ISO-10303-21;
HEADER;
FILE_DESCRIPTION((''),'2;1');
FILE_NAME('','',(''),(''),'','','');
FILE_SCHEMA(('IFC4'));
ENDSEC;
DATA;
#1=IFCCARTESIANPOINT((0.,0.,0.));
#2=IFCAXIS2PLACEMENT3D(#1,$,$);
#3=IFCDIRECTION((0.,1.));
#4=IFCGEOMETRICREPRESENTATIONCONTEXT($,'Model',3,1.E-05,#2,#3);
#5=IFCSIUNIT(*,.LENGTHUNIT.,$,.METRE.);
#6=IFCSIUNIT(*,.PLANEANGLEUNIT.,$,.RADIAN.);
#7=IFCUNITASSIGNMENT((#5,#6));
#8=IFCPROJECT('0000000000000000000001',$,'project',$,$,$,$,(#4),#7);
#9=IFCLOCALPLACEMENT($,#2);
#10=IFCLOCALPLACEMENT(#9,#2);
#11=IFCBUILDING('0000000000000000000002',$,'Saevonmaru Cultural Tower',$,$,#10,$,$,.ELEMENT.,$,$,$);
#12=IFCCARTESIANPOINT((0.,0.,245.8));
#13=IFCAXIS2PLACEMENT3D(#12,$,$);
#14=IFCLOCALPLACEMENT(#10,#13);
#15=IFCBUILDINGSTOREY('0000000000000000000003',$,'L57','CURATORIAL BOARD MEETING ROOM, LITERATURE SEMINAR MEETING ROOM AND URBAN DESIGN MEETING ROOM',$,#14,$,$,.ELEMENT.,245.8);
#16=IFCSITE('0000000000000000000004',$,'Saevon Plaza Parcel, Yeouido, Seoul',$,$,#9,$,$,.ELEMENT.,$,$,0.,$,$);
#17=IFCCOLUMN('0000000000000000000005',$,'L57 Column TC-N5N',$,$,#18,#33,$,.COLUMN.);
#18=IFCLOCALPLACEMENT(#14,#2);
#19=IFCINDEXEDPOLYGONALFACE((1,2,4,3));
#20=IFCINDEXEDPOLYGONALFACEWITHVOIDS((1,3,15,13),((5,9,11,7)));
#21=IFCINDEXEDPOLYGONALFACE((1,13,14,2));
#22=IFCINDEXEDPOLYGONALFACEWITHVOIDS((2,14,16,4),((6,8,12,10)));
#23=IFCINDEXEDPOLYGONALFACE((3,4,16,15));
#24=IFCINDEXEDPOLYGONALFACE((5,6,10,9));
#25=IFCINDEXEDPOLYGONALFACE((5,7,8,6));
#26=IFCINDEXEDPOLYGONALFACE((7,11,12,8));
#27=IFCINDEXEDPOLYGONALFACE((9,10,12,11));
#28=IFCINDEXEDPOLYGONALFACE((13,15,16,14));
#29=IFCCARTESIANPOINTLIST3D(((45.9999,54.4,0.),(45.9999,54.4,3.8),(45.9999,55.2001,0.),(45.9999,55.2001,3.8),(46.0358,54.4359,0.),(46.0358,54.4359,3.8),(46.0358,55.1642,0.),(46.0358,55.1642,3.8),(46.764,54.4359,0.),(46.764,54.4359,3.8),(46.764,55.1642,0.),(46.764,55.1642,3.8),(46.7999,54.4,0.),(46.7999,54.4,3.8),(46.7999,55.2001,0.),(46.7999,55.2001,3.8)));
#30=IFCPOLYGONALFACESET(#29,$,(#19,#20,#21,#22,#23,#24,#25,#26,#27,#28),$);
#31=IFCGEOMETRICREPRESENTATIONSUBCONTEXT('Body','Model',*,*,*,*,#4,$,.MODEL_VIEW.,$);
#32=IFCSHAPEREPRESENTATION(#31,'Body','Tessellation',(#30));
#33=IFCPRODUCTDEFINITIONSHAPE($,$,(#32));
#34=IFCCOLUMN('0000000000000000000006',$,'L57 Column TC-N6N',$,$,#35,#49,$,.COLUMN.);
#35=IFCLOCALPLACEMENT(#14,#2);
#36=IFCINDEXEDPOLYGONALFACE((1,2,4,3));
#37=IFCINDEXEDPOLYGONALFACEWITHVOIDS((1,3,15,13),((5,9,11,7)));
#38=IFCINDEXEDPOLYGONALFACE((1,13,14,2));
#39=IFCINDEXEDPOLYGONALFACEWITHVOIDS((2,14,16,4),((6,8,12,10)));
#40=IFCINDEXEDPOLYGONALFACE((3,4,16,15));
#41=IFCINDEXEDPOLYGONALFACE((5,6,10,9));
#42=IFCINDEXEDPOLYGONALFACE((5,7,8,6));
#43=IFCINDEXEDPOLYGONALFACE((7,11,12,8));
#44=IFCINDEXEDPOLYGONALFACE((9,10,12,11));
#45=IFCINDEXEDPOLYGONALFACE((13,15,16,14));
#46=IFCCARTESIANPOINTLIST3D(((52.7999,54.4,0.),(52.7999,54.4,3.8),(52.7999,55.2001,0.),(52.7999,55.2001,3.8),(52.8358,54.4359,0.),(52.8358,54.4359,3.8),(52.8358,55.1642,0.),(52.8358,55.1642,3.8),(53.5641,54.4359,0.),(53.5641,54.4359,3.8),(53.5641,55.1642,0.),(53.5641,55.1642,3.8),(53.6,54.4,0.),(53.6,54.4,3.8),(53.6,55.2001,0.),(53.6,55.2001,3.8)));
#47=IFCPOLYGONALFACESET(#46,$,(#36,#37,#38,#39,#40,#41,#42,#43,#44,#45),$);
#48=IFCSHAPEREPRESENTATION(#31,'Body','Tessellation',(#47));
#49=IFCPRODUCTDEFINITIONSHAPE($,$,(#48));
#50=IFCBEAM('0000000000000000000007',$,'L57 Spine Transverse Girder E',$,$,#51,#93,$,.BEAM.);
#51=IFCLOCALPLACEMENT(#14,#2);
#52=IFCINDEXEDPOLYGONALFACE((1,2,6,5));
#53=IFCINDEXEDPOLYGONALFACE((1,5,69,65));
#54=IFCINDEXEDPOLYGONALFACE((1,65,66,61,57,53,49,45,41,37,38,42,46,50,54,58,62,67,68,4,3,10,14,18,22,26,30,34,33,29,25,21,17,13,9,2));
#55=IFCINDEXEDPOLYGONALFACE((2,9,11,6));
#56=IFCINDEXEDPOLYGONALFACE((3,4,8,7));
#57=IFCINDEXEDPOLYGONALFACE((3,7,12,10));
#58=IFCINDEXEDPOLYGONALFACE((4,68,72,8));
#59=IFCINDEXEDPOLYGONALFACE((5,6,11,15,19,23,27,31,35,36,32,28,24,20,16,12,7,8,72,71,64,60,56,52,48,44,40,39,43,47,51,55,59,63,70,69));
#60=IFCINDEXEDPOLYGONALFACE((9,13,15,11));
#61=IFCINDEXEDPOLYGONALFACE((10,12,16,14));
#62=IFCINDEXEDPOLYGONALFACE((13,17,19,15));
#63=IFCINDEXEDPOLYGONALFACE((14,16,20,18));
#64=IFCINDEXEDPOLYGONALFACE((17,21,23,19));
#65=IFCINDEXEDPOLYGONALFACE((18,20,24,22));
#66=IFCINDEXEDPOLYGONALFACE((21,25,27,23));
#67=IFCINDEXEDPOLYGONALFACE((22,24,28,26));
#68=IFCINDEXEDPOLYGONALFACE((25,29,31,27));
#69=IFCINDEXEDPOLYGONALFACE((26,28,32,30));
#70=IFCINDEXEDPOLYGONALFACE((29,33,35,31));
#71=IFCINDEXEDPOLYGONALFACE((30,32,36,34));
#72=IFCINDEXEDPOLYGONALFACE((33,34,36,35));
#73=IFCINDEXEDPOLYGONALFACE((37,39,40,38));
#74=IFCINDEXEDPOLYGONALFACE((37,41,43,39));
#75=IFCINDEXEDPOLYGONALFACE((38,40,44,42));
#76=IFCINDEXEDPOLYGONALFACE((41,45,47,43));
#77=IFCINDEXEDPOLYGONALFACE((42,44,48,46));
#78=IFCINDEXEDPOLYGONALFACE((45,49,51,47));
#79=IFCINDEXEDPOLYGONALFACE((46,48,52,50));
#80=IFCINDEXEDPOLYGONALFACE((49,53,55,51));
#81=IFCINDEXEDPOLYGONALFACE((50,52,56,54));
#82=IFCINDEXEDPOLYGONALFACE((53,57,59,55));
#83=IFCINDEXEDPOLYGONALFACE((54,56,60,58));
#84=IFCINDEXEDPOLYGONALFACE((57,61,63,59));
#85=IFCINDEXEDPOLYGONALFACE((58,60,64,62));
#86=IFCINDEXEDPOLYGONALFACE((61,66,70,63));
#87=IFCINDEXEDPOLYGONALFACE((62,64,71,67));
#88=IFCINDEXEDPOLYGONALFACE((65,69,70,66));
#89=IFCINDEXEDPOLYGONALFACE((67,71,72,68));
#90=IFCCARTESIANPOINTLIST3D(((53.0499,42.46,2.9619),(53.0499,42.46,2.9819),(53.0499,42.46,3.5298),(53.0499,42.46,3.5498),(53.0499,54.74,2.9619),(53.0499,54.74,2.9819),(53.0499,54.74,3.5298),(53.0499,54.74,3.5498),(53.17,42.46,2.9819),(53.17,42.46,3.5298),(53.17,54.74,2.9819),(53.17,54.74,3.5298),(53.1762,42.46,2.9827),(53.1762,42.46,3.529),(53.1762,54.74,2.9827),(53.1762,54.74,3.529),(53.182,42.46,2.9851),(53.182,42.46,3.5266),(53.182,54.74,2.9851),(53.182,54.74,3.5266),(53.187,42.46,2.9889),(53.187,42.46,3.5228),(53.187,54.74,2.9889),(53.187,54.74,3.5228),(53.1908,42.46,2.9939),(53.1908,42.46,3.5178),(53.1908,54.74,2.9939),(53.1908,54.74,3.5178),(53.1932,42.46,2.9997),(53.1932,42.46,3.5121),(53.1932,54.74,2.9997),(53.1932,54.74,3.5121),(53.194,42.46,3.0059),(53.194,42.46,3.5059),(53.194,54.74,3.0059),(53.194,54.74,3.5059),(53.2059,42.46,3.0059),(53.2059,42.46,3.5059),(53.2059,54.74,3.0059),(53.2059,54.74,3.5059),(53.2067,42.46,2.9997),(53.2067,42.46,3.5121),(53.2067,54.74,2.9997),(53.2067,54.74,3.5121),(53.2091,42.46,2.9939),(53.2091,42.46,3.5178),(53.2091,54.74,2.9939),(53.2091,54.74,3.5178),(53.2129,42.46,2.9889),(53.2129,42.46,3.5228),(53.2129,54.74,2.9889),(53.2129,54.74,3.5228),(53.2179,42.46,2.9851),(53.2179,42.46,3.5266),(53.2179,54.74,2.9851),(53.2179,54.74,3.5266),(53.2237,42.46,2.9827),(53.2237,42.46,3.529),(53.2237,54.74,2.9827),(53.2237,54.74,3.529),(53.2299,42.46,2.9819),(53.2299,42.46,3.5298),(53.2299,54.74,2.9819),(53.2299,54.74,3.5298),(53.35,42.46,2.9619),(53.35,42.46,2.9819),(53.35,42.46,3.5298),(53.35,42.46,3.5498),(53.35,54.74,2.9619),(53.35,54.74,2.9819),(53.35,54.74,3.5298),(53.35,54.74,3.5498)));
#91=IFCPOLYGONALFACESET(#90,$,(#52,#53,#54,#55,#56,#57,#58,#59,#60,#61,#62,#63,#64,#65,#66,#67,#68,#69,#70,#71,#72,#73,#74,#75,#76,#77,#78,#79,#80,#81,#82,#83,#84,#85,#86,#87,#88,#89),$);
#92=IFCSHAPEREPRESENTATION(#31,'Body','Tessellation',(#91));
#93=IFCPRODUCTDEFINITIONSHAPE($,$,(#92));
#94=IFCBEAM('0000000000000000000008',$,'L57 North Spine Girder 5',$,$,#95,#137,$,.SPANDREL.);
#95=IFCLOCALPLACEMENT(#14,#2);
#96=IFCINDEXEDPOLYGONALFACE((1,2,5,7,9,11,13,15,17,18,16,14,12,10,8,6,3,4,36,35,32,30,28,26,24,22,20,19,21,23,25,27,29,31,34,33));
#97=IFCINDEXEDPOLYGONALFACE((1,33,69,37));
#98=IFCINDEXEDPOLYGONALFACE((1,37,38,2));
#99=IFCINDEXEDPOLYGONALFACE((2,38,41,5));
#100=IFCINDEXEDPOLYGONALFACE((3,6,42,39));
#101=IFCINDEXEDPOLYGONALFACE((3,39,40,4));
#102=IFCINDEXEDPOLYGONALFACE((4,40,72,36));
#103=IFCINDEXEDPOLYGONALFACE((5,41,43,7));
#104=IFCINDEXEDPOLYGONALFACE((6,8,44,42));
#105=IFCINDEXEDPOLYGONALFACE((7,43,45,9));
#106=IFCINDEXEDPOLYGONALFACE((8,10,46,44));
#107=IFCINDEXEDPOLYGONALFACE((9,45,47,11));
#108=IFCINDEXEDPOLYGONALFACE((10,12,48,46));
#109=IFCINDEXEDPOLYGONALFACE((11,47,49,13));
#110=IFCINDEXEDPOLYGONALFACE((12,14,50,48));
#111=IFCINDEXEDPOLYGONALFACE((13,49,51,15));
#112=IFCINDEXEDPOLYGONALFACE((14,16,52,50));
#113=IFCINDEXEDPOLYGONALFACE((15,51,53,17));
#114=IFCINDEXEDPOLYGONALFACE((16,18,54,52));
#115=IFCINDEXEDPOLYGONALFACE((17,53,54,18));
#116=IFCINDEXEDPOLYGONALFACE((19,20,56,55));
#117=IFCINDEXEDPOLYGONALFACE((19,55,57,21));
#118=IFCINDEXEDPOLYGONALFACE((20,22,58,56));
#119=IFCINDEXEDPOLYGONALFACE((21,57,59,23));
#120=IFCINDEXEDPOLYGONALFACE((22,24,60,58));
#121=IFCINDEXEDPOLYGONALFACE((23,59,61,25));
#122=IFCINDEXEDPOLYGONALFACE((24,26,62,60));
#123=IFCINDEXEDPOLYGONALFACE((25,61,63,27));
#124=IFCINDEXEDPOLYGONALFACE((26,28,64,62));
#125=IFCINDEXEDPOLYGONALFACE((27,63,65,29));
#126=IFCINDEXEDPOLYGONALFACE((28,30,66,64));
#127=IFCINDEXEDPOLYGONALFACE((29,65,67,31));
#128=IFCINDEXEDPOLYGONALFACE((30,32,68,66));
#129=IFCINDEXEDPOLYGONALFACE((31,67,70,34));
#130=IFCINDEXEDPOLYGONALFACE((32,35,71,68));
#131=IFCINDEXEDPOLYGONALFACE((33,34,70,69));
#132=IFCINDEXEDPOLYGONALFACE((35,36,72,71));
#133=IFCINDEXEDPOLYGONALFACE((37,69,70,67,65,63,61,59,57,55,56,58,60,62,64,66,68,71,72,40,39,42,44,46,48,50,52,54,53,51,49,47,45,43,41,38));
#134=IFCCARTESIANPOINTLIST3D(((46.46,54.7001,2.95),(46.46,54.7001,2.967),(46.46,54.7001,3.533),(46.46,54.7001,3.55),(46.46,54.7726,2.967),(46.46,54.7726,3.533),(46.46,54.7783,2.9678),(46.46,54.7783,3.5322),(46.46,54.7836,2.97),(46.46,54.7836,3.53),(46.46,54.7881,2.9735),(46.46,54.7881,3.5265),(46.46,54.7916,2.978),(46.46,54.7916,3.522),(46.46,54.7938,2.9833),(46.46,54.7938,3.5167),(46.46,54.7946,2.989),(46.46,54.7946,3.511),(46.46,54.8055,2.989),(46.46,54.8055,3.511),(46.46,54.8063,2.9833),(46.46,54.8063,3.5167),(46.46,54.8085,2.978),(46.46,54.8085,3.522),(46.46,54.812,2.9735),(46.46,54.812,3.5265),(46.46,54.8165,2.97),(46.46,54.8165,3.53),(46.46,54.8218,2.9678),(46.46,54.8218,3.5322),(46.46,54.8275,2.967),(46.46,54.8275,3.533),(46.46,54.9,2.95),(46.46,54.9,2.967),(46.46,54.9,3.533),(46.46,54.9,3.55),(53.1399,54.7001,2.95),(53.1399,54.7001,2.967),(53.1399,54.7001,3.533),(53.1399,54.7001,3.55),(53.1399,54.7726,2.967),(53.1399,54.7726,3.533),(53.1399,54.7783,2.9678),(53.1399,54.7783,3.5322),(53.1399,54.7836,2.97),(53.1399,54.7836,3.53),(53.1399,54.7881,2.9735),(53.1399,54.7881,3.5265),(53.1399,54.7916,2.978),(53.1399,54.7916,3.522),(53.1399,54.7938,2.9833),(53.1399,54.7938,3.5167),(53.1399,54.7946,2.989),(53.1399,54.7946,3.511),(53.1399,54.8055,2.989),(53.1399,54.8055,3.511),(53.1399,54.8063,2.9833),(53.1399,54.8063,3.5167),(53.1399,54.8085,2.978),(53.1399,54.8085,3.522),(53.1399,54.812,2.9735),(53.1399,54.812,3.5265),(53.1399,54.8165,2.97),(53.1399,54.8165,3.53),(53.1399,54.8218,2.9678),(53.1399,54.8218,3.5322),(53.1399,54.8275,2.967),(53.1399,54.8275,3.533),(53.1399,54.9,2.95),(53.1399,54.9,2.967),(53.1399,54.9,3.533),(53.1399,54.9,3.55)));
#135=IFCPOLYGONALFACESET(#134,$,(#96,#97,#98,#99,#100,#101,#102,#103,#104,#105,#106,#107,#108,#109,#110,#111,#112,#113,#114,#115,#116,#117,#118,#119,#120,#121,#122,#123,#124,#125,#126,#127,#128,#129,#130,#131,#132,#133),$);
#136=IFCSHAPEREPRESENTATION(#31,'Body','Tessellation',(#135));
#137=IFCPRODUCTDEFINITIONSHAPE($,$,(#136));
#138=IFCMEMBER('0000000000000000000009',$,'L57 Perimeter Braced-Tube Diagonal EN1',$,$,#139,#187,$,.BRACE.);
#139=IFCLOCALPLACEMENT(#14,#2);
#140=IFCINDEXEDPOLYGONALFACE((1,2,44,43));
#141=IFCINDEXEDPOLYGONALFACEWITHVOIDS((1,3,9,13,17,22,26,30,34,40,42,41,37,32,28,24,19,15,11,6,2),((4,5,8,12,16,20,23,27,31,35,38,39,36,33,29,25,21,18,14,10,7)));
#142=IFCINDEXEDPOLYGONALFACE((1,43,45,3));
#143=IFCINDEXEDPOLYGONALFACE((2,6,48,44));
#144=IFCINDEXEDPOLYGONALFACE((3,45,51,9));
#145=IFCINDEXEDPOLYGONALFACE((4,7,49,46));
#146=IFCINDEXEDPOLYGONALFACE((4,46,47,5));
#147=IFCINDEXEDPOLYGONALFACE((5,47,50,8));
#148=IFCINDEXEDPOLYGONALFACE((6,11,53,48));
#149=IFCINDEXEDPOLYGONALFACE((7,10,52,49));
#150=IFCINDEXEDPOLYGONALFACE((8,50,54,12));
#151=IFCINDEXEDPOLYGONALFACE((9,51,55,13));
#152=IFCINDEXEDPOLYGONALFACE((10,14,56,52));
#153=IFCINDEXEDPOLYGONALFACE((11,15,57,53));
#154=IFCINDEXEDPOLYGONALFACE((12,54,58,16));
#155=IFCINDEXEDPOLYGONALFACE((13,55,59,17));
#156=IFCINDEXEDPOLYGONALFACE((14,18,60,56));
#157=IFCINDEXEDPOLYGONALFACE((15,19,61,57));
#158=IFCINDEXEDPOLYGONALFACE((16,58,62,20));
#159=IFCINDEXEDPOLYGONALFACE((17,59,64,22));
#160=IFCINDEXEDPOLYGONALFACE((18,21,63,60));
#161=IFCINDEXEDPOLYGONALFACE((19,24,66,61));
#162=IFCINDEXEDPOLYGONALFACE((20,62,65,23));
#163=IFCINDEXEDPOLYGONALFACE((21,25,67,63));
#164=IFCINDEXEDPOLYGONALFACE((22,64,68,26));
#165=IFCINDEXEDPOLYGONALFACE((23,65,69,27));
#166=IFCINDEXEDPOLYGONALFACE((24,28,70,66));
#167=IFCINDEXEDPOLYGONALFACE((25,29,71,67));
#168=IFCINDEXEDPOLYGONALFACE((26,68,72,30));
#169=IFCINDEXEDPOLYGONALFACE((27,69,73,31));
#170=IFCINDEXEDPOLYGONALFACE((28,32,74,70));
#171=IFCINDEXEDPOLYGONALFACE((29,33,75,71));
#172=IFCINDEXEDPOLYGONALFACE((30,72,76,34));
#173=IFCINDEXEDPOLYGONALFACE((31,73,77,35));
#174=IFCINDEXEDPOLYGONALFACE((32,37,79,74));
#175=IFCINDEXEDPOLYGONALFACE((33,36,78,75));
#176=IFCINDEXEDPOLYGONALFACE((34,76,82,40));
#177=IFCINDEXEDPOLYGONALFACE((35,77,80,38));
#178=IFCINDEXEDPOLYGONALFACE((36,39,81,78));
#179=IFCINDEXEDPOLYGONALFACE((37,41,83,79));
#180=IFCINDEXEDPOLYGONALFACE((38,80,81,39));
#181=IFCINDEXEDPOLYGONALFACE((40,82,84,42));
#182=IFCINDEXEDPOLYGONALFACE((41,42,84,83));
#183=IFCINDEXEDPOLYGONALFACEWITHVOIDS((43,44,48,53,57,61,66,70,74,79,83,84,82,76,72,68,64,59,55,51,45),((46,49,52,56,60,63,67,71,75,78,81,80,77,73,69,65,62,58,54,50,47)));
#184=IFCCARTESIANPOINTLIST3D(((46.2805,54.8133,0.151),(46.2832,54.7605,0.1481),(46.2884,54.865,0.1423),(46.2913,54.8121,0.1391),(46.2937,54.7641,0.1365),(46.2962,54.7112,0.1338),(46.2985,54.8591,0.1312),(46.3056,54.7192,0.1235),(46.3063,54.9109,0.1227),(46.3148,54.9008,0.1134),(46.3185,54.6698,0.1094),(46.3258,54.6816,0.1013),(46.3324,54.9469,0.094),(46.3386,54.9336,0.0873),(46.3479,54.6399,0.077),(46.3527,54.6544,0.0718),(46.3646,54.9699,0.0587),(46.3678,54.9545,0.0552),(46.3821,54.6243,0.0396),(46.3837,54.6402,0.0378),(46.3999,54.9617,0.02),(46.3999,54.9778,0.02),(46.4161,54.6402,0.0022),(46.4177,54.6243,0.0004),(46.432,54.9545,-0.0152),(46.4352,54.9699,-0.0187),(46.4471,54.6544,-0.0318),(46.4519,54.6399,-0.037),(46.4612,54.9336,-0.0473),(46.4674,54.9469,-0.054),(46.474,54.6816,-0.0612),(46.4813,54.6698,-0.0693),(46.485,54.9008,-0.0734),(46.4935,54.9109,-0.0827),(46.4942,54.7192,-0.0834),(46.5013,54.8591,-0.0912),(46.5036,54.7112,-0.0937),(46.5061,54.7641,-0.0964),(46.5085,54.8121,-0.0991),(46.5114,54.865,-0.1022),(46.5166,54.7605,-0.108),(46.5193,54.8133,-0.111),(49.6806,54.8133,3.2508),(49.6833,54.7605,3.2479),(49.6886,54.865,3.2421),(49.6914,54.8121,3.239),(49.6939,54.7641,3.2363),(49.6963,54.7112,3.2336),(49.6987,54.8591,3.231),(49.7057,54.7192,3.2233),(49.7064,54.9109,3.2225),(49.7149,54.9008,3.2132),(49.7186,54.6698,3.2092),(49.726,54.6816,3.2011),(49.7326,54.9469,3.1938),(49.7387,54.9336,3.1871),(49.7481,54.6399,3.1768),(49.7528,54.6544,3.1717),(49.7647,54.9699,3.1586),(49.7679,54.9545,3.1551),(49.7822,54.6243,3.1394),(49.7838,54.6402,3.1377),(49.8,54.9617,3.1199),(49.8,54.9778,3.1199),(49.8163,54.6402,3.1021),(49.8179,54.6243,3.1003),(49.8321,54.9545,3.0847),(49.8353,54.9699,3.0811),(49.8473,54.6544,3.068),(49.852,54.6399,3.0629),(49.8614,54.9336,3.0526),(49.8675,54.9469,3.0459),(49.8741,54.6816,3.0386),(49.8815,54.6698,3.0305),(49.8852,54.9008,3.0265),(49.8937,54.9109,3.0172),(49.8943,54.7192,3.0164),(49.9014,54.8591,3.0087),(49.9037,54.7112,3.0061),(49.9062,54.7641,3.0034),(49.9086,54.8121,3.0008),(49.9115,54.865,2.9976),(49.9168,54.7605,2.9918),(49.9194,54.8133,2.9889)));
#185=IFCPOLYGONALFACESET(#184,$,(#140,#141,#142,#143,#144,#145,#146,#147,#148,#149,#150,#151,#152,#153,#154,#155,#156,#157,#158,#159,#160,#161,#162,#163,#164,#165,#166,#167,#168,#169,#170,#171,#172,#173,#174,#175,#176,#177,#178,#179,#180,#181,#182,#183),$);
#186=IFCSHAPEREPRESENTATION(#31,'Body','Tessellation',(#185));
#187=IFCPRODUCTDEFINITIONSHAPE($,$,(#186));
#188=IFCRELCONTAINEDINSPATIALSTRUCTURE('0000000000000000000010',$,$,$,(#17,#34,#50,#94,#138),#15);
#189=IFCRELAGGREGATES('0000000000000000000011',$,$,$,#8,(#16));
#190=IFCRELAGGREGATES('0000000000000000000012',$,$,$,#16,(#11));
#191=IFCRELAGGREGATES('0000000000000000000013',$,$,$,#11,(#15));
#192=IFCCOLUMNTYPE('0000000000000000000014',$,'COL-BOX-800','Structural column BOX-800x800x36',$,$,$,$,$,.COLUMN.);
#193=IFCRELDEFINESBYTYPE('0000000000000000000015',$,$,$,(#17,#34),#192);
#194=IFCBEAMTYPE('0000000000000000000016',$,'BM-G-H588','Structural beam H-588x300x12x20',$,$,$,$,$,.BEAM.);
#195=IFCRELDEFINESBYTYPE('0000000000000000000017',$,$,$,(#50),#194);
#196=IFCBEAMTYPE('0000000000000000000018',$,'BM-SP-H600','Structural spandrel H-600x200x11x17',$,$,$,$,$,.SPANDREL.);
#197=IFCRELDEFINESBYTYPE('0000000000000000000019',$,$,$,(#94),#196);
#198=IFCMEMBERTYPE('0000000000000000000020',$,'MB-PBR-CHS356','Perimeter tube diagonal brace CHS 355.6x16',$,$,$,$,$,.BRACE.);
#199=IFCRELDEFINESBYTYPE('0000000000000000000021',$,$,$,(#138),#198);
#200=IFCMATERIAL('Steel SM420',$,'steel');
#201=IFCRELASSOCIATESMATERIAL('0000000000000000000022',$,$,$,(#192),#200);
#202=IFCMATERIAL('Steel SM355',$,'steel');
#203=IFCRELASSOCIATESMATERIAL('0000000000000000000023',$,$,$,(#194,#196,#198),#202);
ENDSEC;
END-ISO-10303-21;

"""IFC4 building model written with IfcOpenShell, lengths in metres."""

from ifc_helpers import new_model, si_unit, direction, frame, origin, origin_2d, place, context, subcontext, project, spatial, hollow_rectangle, hollow_circle, i_section, extrude, material, material_profile, profile_set, type_object, element, save


model = new_model("IFC4")

# Units and contexts
model_context = context("Model", 3, precision=1e-05, world=origin(), true_north=direction((0.0, 1.0)))
body_context = subcontext(model_context, "Body", "Model", "MODEL_VIEW")
ifc_project = project(units=[si_unit("LENGTHUNIT", "METRE"), si_unit("PLANEANGLEUNIT", "RADIAN")], contexts=[model_context])

# Site, building, storey
site_placement = place(None, origin())
site = spatial("IfcSite", under=ifc_project, at=site_placement, Name="Saevon Plaza Parcel, Yeouido, Seoul", CompositionType="ELEMENT", RefElevation=0.0)
building_placement = place(site_placement, origin())
building = spatial("IfcBuilding", under=site, at=building_placement, Name="Saevonmaru Cultural Tower", CompositionType="ELEMENT")
storey_placement = place(building_placement, frame((0.0, 0.0, 245.8)))
storey = spatial("IfcBuildingStorey", under=building, at=storey_placement, Name="L57", Description="CURATORIAL BOARD MEETING ROOM, LITERATURE SEMINAR MEETING ROOM AND URBAN DESIGN MEETING ROOM", CompositionType="ELEMENT", Elevation=245.8)

# Columns
ifc_material_1 = material(Name="Steel SM420", Category="steel")
ifc_material_profile_1 = material_profile(ifc_material_1, hollow_rectangle(XDim=0.8, YDim=0.8, WallThickness=0.0359, at=origin_2d()), Name="BOX-800x800x36")
ifc_profile_set_1 = profile_set([ifc_material_profile_1], Name="Steel SM420")
column_type = type_object("IfcColumnType", Name="COL-BOX-800", Description="Structural column BOX-800x800x36", PredefinedType="COLUMN", material=ifc_profile_set_1)
for number, where, z_axis, x_axis, name in (
    (1, (46.3999, 54.8, 0.0), (0.0, 0.0, 1.0), (1.0, 0.0, 0.0), "L57 Column TC-N5N"),
    (2, (53.2, 54.8, 0.0), (0.0, 0.0, 1.0), (1.0, 0.0, 0.0), "L57 Column TC-N6N"),
):
    element("IfcColumn", number, at=place(storey_placement, frame(where, z_axis=z_axis, x_axis=x_axis)), inside=storey, type_object=column_type, Name=name, PredefinedType="COLUMN", context=body_context, shape_type="SweptSolid", body=[
        extrude(hollow_rectangle(XDim=0.8, YDim=0.8, WallThickness=0.0359, at=origin_2d()), origin(), (0.0, 0.0, 1.0), 3.8),
    ])

# Beams
ifc_material_2 = material(Name="Steel SM355", Category="steel")
ifc_material_profile_2 = material_profile(ifc_material_2, i_section(OverallWidth=0.3, OverallDepth=0.5879, WebThickness=0.012, FlangeThickness=0.02, FilletRadius=0.0239, at=origin_2d()), Name="H-588x300x12x20")
ifc_profile_set_2 = profile_set([ifc_material_profile_2], Name="Steel SM355")
beam_type_1 = type_object("IfcBeamType", Name="BM-G-H588", Description="Structural beam H-588x300x12x20", PredefinedType="BEAM", material=ifc_profile_set_2)
beam_1_placement = place(storey_placement, frame((53.2, 54.74, 3.2559), z_axis=(0.0, -1.0, 0.0), x_axis=(1.0, 0.0, 0.0)))
element("IfcBeam", 3, at=beam_1_placement, inside=storey, type_object=beam_type_1, Name="L57 Spine Transverse Girder E", PredefinedType="BEAM", context=body_context, shape_type="SweptSolid", body=[
    extrude(i_section(OverallWidth=0.3, OverallDepth=0.5879, WebThickness=0.012, FlangeThickness=0.02, FilletRadius=0.0239, at=origin_2d()), origin(), (0.0, 0.0, 1.0), 12.28),
])
ifc_material_profile_3 = material_profile(ifc_material_2, i_section(OverallWidth=0.2, OverallDepth=0.6001, WebThickness=0.011, FlangeThickness=0.0171, FilletRadius=0.022, at=origin_2d()), Name="H-600x200x11x17")
ifc_profile_set_3 = profile_set([ifc_material_profile_3], Name="Steel SM355")
beam_type_2 = type_object("IfcBeamType", Name="BM-SP-H600", Description="Structural spandrel H-600x200x11x17", PredefinedType="SPANDREL", material=ifc_profile_set_3)
beam_2_placement = place(storey_placement, frame((46.46, 54.8, 3.25), z_axis=(1.0, 0.0, 0.0), x_axis=(0.0, 1.0, 0.0)))
element("IfcBeam", 4, at=beam_2_placement, inside=storey, type_object=beam_type_2, Name="L57 North Spine Girder 5", PredefinedType="SPANDREL", context=body_context, shape_type="SweptSolid", body=[
    extrude(i_section(OverallWidth=0.2, OverallDepth=0.6001, WebThickness=0.011, FlangeThickness=0.0171, FilletRadius=0.022, at=origin_2d()), origin(), (0.0, 0.0, 1.0), 6.6799),
])

# Member
ifc_material_profile_4 = material_profile(ifc_material_2, hollow_circle(Radius=0.1777, WallThickness=0.0161, at=origin_2d()), Name="CHS-355.6x16")
ifc_profile_set_4 = profile_set([ifc_material_profile_4], Name="Steel SM355")
member_type_1 = type_object("IfcMemberType", Name="MB-PBR-CHS356", Description="Perimeter tube diagonal brace CHS 355.6x16", PredefinedType="BRACE", material=ifc_profile_set_4)
member_1_placement = place(storey_placement, frame((46.3999, 54.8, 0.02), z_axis=(0.738986, 0.0, 0.673721), x_axis=(0.0, 1.0, 0.0)))
element("IfcMember", 5, at=member_1_placement, inside=storey, type_object=member_type_1, Name="L57 Perimeter Braced-Tube Diagonal EN1", PredefinedType="BRACE", context=body_context, shape_type="SweptSolid", body=[
    extrude(hollow_circle(Radius=0.1777, WallThickness=0.0161, at=origin_2d()), origin(), (0.0, 0.0, 1.0), 4.6011),
])

save(model, "model.ifc")
